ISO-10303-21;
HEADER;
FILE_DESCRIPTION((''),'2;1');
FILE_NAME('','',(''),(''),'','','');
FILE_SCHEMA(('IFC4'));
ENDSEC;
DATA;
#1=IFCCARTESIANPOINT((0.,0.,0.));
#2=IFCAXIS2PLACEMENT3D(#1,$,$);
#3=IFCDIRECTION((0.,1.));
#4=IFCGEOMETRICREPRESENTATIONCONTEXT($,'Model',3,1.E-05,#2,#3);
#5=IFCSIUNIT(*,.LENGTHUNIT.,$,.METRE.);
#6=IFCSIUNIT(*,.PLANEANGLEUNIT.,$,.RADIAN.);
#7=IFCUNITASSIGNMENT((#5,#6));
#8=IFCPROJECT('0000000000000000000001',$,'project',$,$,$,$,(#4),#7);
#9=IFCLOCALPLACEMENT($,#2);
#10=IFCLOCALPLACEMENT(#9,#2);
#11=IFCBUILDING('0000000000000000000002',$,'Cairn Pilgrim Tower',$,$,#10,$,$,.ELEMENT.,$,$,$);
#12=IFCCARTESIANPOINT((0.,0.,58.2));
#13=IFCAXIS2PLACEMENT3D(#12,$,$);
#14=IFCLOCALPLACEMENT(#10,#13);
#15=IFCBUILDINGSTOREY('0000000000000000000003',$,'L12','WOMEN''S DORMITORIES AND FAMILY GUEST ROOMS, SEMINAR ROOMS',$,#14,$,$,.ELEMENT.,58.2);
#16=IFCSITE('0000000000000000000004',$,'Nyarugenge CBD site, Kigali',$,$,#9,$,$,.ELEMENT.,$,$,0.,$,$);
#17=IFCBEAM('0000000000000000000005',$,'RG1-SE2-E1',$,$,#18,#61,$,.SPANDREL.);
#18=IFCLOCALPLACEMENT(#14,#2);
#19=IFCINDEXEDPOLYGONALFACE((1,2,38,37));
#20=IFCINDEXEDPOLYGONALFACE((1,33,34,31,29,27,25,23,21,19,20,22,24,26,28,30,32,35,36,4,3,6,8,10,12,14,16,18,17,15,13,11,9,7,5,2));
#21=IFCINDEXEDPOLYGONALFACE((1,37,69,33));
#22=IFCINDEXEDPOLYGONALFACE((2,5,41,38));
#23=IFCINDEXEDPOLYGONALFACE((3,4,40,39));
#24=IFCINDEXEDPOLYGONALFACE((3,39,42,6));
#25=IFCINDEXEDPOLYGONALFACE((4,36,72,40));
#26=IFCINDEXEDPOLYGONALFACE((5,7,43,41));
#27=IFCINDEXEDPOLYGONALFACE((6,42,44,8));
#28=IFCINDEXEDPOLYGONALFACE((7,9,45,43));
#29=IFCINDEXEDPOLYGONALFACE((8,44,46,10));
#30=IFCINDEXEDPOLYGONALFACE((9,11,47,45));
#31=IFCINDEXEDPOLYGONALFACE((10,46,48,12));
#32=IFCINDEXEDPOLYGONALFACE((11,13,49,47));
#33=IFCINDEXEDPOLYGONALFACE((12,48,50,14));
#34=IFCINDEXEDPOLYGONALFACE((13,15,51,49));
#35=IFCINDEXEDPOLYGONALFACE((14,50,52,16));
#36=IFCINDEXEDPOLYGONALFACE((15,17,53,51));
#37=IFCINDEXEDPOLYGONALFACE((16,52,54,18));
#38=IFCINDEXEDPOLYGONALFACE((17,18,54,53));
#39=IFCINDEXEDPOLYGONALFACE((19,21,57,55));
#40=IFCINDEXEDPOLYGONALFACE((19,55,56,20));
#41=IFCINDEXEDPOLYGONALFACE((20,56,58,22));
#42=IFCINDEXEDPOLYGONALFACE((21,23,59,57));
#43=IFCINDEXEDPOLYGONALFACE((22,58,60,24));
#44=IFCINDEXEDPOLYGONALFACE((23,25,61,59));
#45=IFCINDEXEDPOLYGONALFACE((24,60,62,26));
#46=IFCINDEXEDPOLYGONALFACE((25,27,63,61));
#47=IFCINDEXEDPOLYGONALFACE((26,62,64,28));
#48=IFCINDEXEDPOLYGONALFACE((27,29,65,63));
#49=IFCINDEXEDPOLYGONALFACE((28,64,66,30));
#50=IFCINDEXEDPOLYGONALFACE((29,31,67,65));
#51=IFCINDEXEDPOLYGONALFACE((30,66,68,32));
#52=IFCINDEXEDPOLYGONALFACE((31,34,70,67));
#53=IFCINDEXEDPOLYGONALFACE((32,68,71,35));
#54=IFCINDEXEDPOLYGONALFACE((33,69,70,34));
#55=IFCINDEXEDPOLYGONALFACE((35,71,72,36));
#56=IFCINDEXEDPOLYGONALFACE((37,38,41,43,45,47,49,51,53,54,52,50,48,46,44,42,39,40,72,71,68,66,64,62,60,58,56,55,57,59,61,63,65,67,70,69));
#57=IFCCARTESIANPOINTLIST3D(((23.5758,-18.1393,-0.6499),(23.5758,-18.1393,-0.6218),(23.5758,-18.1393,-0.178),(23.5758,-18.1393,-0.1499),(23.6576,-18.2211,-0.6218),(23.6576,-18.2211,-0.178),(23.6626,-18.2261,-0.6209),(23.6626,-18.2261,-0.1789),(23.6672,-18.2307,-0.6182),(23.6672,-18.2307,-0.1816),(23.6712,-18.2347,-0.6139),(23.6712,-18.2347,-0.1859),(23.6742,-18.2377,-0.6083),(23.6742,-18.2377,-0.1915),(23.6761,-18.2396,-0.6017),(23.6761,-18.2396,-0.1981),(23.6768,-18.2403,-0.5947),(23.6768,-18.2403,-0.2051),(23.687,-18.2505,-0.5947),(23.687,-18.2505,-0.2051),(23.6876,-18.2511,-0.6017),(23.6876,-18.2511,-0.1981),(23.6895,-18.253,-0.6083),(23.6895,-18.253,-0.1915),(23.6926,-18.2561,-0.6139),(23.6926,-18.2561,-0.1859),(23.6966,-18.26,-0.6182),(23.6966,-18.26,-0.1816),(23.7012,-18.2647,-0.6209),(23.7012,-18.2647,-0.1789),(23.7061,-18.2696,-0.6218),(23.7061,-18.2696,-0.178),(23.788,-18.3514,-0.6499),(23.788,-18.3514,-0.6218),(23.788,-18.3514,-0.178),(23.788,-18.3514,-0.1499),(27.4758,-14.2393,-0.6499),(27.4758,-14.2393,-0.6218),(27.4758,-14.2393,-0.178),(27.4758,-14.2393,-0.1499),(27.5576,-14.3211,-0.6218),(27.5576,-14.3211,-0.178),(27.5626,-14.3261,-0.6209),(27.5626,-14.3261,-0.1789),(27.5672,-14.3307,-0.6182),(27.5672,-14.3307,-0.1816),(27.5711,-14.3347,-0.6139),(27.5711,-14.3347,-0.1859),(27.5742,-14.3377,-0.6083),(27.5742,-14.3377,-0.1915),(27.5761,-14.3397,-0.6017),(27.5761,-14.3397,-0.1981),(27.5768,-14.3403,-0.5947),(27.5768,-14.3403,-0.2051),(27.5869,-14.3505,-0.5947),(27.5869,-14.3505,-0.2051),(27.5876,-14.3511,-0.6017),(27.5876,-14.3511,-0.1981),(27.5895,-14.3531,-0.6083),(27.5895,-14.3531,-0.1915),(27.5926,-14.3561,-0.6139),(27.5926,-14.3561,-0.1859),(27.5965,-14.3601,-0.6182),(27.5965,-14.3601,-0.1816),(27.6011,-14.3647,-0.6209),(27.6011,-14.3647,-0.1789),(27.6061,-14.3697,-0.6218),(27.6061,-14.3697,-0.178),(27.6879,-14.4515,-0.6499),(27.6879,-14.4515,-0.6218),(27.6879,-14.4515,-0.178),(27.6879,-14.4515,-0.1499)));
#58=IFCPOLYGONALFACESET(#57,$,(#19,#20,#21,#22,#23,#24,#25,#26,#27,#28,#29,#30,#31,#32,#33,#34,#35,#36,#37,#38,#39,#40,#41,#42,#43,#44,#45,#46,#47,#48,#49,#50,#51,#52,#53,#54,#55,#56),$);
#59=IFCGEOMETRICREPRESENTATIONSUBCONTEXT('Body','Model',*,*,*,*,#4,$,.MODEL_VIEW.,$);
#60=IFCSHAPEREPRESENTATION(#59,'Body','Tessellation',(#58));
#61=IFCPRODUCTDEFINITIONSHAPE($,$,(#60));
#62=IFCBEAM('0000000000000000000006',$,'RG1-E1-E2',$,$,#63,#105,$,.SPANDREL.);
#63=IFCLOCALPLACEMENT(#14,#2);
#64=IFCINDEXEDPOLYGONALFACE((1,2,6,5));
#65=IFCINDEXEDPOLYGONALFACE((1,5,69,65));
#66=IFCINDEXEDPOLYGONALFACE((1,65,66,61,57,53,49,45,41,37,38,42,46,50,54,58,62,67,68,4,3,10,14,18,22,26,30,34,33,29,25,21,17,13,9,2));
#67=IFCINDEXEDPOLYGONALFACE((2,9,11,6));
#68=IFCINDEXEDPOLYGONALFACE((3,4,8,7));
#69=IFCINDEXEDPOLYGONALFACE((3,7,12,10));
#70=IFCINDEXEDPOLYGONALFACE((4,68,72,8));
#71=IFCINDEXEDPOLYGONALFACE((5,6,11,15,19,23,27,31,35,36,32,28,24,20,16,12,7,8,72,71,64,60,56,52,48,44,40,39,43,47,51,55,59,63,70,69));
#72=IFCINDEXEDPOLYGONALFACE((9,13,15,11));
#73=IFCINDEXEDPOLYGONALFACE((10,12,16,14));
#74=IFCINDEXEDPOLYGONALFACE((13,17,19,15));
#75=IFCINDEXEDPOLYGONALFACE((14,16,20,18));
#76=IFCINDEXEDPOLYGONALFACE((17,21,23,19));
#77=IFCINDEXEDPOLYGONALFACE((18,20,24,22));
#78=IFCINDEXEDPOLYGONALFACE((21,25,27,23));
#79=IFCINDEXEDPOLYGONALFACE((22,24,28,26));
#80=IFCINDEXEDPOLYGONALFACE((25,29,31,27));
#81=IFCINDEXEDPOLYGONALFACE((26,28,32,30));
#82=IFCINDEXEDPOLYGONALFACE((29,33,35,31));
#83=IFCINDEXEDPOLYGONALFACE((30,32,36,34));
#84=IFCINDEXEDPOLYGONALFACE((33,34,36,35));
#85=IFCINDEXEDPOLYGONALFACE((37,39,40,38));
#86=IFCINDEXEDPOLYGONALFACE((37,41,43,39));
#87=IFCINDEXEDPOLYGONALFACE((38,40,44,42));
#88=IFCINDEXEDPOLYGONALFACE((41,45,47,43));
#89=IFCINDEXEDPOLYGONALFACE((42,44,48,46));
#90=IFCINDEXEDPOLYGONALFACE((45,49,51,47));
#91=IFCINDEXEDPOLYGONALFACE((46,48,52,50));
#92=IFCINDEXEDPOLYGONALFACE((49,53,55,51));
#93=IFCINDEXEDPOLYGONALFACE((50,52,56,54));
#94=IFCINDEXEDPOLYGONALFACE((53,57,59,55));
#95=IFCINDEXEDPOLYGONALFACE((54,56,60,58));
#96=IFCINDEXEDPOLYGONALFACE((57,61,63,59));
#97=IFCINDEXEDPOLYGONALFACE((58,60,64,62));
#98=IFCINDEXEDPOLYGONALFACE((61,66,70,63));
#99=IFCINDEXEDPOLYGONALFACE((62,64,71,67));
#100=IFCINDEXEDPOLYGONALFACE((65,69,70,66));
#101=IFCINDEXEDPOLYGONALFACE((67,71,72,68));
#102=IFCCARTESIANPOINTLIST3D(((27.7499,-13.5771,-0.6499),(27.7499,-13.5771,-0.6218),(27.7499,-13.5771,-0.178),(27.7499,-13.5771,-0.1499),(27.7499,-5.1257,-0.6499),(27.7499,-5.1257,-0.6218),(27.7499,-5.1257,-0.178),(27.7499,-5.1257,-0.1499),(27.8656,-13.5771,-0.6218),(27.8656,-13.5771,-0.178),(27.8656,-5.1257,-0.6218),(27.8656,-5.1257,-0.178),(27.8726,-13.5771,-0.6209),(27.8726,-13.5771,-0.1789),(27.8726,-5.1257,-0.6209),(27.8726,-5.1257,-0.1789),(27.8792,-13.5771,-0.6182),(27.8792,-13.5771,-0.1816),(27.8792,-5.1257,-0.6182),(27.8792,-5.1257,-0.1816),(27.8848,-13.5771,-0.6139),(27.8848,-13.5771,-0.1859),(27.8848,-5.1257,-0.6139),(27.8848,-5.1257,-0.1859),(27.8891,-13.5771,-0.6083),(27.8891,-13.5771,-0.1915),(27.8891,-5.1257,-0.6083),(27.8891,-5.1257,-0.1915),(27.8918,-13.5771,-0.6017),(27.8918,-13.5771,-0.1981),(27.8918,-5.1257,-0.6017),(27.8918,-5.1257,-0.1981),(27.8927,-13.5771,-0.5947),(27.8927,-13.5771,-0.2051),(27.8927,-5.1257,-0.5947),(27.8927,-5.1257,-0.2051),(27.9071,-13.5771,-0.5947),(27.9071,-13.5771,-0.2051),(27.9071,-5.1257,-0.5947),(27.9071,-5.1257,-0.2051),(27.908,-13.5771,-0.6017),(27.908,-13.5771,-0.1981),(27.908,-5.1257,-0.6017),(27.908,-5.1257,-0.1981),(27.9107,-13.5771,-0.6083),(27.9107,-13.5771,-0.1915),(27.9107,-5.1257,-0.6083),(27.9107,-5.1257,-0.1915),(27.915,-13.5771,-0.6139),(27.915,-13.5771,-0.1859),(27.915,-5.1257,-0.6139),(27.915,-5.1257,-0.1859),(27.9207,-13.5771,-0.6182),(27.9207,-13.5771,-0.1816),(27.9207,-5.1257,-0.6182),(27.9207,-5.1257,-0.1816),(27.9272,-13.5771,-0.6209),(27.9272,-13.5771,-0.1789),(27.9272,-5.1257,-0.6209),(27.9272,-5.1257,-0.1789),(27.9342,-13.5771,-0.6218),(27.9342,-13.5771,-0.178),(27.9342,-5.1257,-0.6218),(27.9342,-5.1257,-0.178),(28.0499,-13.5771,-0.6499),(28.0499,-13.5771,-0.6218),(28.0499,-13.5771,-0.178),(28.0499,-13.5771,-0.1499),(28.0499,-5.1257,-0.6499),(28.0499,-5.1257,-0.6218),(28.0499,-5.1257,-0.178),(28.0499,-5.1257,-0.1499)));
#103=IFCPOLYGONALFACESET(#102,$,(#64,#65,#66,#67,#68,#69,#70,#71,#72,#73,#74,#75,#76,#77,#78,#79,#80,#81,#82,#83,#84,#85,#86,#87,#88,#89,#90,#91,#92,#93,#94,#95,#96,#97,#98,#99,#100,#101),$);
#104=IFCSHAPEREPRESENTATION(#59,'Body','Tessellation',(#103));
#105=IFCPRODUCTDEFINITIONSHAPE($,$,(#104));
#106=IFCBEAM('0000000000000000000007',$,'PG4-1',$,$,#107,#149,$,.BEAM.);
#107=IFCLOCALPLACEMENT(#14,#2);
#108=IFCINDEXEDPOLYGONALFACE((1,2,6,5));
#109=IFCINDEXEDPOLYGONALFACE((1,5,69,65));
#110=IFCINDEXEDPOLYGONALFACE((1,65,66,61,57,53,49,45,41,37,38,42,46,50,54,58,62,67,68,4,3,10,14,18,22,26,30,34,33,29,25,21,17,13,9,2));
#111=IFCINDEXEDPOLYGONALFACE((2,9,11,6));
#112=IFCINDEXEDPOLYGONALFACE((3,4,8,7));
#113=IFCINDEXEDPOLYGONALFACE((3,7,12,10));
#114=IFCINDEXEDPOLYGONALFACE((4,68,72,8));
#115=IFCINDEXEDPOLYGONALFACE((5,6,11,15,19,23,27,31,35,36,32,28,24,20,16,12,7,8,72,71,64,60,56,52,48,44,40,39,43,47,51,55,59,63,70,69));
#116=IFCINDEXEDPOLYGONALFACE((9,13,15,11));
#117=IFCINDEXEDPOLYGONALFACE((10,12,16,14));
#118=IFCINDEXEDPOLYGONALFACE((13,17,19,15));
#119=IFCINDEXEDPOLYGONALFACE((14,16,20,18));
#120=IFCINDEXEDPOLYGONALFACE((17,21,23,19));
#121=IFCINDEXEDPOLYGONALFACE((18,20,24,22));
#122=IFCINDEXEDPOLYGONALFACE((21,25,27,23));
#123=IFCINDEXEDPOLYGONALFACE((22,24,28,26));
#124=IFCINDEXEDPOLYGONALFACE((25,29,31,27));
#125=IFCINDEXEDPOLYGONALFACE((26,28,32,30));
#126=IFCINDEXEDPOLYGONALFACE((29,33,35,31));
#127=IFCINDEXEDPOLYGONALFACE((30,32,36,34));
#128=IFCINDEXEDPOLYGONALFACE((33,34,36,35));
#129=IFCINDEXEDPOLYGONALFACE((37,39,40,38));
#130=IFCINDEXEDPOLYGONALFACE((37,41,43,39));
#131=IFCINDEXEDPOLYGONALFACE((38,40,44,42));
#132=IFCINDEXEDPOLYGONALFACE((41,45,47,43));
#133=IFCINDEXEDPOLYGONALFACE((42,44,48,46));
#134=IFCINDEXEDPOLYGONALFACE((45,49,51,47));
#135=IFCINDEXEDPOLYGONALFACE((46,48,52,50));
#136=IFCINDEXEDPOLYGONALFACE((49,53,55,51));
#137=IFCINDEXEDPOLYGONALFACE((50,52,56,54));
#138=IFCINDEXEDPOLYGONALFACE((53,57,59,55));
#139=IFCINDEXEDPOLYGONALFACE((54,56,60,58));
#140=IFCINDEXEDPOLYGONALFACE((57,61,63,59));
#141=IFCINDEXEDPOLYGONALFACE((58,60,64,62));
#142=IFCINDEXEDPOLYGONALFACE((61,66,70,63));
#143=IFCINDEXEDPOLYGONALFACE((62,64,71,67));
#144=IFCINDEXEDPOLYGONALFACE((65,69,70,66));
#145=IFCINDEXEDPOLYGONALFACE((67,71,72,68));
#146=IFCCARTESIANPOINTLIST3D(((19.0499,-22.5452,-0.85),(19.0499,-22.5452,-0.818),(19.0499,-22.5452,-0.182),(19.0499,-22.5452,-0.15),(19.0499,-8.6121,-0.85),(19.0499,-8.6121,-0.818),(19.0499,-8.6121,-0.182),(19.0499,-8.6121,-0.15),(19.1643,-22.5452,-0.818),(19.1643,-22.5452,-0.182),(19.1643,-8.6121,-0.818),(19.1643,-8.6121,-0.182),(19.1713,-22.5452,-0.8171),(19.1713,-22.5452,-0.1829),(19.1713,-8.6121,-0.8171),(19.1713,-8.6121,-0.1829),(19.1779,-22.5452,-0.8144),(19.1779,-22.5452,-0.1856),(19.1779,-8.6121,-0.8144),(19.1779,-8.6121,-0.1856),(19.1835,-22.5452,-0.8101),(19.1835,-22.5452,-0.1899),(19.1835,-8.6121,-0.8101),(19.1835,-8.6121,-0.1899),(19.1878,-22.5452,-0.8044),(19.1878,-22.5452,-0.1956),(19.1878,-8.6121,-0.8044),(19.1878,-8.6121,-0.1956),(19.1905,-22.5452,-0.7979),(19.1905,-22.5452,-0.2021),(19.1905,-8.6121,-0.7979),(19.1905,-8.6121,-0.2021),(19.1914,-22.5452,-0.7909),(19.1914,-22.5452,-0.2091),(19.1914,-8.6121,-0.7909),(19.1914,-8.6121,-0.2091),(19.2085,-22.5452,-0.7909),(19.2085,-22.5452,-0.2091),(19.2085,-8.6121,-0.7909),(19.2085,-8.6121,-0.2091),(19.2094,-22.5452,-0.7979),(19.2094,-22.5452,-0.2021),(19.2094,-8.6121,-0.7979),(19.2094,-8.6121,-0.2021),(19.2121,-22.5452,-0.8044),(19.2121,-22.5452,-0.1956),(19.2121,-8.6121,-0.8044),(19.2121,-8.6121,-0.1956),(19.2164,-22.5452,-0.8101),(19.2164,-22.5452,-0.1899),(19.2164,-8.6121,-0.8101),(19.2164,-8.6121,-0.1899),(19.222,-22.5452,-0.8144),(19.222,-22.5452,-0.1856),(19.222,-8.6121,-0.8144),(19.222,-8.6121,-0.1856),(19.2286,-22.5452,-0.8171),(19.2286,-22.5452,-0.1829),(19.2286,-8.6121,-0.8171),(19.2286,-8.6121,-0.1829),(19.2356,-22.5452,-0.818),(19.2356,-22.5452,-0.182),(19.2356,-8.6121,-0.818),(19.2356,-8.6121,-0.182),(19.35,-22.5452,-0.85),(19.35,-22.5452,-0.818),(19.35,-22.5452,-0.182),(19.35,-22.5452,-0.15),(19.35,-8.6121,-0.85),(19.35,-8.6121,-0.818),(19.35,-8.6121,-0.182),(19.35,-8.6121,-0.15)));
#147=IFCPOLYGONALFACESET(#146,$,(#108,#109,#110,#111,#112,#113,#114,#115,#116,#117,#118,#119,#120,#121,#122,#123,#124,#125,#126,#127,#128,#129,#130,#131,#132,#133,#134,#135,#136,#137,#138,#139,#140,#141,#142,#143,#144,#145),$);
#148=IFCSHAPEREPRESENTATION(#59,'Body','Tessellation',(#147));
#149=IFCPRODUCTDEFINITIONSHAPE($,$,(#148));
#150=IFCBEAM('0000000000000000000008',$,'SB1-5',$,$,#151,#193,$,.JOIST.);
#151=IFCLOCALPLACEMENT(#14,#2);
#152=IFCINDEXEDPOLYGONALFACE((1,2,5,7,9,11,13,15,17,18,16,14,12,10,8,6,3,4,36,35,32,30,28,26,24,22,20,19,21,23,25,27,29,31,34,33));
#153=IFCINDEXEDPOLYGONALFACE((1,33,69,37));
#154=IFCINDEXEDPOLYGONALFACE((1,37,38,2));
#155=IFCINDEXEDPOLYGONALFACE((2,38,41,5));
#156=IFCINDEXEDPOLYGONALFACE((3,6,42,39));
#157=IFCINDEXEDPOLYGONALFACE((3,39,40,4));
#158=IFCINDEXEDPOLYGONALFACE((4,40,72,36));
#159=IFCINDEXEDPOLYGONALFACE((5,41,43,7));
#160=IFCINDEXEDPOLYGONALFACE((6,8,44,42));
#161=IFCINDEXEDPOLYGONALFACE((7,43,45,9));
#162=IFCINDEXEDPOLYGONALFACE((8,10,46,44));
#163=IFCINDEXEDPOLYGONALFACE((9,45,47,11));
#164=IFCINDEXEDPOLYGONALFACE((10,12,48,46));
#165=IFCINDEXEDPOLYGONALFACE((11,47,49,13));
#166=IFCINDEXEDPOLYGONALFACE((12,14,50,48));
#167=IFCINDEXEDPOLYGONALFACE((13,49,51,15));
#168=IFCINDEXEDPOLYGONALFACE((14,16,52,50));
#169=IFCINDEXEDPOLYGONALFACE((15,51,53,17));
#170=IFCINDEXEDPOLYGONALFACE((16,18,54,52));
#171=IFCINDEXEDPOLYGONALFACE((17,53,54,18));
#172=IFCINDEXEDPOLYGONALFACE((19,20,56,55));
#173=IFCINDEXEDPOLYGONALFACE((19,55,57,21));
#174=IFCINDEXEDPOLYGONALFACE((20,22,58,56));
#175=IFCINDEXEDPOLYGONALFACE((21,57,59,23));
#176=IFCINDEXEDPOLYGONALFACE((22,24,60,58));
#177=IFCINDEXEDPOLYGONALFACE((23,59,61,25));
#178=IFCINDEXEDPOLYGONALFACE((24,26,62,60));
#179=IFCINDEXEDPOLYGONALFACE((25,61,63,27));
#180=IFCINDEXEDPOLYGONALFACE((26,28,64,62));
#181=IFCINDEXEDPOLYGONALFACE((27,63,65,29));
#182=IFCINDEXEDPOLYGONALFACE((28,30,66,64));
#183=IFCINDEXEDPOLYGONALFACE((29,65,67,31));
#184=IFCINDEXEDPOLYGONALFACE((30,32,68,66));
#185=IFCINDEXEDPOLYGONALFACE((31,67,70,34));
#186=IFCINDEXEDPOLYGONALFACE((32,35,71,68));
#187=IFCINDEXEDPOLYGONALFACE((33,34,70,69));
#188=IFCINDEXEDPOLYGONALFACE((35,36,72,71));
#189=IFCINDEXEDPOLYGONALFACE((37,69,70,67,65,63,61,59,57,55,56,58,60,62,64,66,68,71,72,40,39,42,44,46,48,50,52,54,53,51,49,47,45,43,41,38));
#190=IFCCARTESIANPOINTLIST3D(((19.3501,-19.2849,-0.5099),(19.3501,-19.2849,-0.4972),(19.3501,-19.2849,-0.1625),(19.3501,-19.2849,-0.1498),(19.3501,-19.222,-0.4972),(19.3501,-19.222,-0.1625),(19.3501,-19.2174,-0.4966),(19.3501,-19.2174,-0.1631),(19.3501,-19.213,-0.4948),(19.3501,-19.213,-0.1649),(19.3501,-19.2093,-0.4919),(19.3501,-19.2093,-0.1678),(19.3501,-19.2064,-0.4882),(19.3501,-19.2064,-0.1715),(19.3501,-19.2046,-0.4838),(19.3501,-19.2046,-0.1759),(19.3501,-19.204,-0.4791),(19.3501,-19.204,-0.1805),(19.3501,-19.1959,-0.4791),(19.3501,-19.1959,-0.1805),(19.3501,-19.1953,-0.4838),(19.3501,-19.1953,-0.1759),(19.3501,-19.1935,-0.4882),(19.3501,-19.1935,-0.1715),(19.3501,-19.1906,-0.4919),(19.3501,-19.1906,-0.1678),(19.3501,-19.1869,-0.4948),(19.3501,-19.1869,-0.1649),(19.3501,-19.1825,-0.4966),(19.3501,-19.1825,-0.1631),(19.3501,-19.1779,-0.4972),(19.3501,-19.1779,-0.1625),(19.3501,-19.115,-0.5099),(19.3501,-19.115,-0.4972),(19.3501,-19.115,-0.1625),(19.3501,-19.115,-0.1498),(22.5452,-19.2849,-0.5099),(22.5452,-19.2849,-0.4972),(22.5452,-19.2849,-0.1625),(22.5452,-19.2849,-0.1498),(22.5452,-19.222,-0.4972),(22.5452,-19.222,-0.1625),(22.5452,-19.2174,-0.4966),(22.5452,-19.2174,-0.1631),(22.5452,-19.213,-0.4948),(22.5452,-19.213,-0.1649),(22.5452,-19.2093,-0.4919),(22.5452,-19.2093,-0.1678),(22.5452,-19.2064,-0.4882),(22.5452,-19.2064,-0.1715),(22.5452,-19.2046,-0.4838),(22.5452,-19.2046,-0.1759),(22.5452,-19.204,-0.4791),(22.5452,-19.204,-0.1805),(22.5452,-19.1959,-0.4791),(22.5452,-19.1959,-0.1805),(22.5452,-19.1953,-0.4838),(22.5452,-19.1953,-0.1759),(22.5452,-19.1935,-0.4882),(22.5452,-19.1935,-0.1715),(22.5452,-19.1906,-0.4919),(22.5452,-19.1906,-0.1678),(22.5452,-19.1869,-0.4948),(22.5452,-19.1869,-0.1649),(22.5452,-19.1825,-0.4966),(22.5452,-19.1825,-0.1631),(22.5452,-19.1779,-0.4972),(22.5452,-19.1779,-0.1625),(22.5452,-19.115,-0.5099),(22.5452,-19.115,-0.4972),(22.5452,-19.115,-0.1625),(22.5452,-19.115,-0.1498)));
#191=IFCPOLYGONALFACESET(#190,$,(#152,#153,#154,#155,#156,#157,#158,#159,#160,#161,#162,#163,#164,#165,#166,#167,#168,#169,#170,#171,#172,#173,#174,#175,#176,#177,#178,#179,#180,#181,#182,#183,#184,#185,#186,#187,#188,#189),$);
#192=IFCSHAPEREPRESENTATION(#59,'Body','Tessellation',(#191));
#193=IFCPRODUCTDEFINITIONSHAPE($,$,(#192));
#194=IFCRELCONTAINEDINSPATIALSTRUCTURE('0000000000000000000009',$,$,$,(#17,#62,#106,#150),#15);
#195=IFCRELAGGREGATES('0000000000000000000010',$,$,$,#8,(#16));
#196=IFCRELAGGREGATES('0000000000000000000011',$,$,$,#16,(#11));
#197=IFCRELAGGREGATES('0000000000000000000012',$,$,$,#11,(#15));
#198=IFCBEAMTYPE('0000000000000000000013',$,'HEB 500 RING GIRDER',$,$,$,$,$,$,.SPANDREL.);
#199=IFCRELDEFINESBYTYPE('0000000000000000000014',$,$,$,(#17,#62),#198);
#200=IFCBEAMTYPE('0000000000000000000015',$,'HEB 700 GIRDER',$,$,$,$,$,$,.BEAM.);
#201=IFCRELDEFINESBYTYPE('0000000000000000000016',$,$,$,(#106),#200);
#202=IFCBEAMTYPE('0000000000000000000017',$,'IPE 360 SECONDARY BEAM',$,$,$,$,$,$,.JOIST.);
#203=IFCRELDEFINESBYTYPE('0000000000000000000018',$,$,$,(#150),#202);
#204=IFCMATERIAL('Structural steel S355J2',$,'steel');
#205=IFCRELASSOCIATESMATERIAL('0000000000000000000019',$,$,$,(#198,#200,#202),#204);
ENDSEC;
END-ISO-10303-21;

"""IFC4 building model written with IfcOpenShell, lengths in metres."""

from ifc_helpers import new_model, si_unit, direction, frame, origin, origin_2d, place, context, subcontext, project, spatial, i_section, extrude, material, material_profile, profile_set, type_object, element, save


model = new_model("IFC4")

# Units and contexts
model_context = context("Model", 3, precision=1e-05, world=origin(), true_north=direction((0.0, 1.0)))
body_context = subcontext(model_context, "Body", "Model", "MODEL_VIEW")
ifc_project = project(units=[si_unit("LENGTHUNIT", "METRE"), si_unit("PLANEANGLEUNIT", "RADIAN")], contexts=[model_context])

# Site, building, storey
site_placement = place(None, origin())
site = spatial("IfcSite", under=ifc_project, at=site_placement, Name="Nyarugenge CBD site, Kigali", CompositionType="ELEMENT", RefElevation=0.0)
building_placement = place(site_placement, origin())
building = spatial("IfcBuilding", under=site, at=building_placement, Name="Cairn Pilgrim Tower", CompositionType="ELEMENT")
storey_placement = place(building_placement, frame((0.0, 0.0, 58.2)))
storey = spatial("IfcBuildingStorey", under=building, at=storey_placement, Name="L12", Description="WOMEN'S DORMITORIES AND FAMILY GUEST ROOMS, SEMINAR ROOMS", CompositionType="ELEMENT", Elevation=58.2)

# Shared definitions
ifc_material_1 = material(Name="Structural steel S355J2", Category="steel")

# Beams
ifc_material_profile_1 = material_profile(ifc_material_1, i_section(OverallWidth=0.3, OverallDepth=0.5, WebThickness=0.0144, FlangeThickness=0.0281, FilletRadius=0.0271, at=origin_2d()), Name="HEB 500")
ifc_profile_set_1 = profile_set([ifc_material_profile_1], Name="Structural steel S355J2")
beam_type_1 = type_object("IfcBeamType", Name="HEB 500 RING GIRDER", PredefinedType="SPANDREL", material=ifc_profile_set_1)
beam_1_placement = place(storey_placement, frame((23.6819, -18.2454, -0.3999), z_axis=(0.707107, 0.707107, 0.0), x_axis=(-0.707107, 0.707107, 0.0)))
element("IfcBeam", 1, at=beam_1_placement, inside=storey, type_object=beam_type_1, Name="RG1-SE2-E1", PredefinedType="SPANDREL", context=body_context, shape_type="SweptSolid", body=[
    extrude(i_section(OverallWidth=0.3, OverallDepth=0.5, WebThickness=0.0144, FlangeThickness=0.0281, FilletRadius=0.0271, at=origin_2d()), origin(), (0.0, 0.0, 1.0), 5.5154),
])
beam_2_placement = place(storey_placement, frame((27.8999, -13.5771, -0.3999), z_axis=(0.0, 1.0, 0.0), x_axis=(-1.0, 0.0, 0.0)))
element("IfcBeam", 2, at=beam_2_placement, inside=storey, type_object=beam_type_1, Name="RG1-E1-E2", PredefinedType="SPANDREL", context=body_context, shape_type="SweptSolid", body=[
    extrude(i_section(OverallWidth=0.3, OverallDepth=0.5, WebThickness=0.0144, FlangeThickness=0.0281, FilletRadius=0.0271, at=origin_2d()), origin(), (0.0, 0.0, 1.0), 8.4514),
])
ifc_material_profile_2 = material_profile(ifc_material_1, i_section(OverallWidth=0.3, OverallDepth=0.7, WebThickness=0.0171, FlangeThickness=0.032, FilletRadius=0.0271, at=origin_2d()), Name="HEB 700")
ifc_profile_set_2 = profile_set([ifc_material_profile_2], Name="Structural steel S355J2")
beam_type_2 = type_object("IfcBeamType", Name="HEB 700 GIRDER", PredefinedType="BEAM", material=ifc_profile_set_2)
beam_3_placement = place(storey_placement, frame((19.2, -22.5452, -0.5), z_axis=(0.0, 1.0, 0.0), x_axis=(-1.0, 0.0, 0.0)))
element("IfcBeam", 3, at=beam_3_placement, inside=storey, type_object=beam_type_2, Name="PG4-1", PredefinedType="BEAM", context=body_context, shape_type="SweptSolid", body=[
    extrude(i_section(OverallWidth=0.3, OverallDepth=0.7, WebThickness=0.0171, FlangeThickness=0.032, FilletRadius=0.0271, at=origin_2d()), origin(), (0.0, 0.0, 1.0), 13.9331),
])
ifc_material_profile_3 = material_profile(ifc_material_1, i_section(OverallWidth=0.1699, OverallDepth=0.3601, WebThickness=0.0081, FlangeThickness=0.0127, FilletRadius=0.0181, at=origin_2d()), Name="IPE 360")
ifc_profile_set_3 = profile_set([ifc_material_profile_3], Name="Structural steel S355J2")
beam_type_3 = type_object("IfcBeamType", Name="IPE 360 SECONDARY BEAM", PredefinedType="JOIST", material=ifc_profile_set_3)
beam_4_placement = place(storey_placement, frame((19.3501, -19.2, -0.3298), z_axis=(1.0, 0.0, 0.0), x_axis=(0.0, 1.0, 0.0)))
element("IfcBeam", 4, at=beam_4_placement, inside=storey, type_object=beam_type_3, Name="SB1-5", PredefinedType="JOIST", context=body_context, shape_type="SweptSolid", body=[
    extrude(i_section(OverallWidth=0.1699, OverallDepth=0.3601, WebThickness=0.0081, FlangeThickness=0.0127, FilletRadius=0.0181, at=origin_2d()), origin(), (0.0, 0.0, 1.0), 3.1951),
])

save(model, "model.ifc")
